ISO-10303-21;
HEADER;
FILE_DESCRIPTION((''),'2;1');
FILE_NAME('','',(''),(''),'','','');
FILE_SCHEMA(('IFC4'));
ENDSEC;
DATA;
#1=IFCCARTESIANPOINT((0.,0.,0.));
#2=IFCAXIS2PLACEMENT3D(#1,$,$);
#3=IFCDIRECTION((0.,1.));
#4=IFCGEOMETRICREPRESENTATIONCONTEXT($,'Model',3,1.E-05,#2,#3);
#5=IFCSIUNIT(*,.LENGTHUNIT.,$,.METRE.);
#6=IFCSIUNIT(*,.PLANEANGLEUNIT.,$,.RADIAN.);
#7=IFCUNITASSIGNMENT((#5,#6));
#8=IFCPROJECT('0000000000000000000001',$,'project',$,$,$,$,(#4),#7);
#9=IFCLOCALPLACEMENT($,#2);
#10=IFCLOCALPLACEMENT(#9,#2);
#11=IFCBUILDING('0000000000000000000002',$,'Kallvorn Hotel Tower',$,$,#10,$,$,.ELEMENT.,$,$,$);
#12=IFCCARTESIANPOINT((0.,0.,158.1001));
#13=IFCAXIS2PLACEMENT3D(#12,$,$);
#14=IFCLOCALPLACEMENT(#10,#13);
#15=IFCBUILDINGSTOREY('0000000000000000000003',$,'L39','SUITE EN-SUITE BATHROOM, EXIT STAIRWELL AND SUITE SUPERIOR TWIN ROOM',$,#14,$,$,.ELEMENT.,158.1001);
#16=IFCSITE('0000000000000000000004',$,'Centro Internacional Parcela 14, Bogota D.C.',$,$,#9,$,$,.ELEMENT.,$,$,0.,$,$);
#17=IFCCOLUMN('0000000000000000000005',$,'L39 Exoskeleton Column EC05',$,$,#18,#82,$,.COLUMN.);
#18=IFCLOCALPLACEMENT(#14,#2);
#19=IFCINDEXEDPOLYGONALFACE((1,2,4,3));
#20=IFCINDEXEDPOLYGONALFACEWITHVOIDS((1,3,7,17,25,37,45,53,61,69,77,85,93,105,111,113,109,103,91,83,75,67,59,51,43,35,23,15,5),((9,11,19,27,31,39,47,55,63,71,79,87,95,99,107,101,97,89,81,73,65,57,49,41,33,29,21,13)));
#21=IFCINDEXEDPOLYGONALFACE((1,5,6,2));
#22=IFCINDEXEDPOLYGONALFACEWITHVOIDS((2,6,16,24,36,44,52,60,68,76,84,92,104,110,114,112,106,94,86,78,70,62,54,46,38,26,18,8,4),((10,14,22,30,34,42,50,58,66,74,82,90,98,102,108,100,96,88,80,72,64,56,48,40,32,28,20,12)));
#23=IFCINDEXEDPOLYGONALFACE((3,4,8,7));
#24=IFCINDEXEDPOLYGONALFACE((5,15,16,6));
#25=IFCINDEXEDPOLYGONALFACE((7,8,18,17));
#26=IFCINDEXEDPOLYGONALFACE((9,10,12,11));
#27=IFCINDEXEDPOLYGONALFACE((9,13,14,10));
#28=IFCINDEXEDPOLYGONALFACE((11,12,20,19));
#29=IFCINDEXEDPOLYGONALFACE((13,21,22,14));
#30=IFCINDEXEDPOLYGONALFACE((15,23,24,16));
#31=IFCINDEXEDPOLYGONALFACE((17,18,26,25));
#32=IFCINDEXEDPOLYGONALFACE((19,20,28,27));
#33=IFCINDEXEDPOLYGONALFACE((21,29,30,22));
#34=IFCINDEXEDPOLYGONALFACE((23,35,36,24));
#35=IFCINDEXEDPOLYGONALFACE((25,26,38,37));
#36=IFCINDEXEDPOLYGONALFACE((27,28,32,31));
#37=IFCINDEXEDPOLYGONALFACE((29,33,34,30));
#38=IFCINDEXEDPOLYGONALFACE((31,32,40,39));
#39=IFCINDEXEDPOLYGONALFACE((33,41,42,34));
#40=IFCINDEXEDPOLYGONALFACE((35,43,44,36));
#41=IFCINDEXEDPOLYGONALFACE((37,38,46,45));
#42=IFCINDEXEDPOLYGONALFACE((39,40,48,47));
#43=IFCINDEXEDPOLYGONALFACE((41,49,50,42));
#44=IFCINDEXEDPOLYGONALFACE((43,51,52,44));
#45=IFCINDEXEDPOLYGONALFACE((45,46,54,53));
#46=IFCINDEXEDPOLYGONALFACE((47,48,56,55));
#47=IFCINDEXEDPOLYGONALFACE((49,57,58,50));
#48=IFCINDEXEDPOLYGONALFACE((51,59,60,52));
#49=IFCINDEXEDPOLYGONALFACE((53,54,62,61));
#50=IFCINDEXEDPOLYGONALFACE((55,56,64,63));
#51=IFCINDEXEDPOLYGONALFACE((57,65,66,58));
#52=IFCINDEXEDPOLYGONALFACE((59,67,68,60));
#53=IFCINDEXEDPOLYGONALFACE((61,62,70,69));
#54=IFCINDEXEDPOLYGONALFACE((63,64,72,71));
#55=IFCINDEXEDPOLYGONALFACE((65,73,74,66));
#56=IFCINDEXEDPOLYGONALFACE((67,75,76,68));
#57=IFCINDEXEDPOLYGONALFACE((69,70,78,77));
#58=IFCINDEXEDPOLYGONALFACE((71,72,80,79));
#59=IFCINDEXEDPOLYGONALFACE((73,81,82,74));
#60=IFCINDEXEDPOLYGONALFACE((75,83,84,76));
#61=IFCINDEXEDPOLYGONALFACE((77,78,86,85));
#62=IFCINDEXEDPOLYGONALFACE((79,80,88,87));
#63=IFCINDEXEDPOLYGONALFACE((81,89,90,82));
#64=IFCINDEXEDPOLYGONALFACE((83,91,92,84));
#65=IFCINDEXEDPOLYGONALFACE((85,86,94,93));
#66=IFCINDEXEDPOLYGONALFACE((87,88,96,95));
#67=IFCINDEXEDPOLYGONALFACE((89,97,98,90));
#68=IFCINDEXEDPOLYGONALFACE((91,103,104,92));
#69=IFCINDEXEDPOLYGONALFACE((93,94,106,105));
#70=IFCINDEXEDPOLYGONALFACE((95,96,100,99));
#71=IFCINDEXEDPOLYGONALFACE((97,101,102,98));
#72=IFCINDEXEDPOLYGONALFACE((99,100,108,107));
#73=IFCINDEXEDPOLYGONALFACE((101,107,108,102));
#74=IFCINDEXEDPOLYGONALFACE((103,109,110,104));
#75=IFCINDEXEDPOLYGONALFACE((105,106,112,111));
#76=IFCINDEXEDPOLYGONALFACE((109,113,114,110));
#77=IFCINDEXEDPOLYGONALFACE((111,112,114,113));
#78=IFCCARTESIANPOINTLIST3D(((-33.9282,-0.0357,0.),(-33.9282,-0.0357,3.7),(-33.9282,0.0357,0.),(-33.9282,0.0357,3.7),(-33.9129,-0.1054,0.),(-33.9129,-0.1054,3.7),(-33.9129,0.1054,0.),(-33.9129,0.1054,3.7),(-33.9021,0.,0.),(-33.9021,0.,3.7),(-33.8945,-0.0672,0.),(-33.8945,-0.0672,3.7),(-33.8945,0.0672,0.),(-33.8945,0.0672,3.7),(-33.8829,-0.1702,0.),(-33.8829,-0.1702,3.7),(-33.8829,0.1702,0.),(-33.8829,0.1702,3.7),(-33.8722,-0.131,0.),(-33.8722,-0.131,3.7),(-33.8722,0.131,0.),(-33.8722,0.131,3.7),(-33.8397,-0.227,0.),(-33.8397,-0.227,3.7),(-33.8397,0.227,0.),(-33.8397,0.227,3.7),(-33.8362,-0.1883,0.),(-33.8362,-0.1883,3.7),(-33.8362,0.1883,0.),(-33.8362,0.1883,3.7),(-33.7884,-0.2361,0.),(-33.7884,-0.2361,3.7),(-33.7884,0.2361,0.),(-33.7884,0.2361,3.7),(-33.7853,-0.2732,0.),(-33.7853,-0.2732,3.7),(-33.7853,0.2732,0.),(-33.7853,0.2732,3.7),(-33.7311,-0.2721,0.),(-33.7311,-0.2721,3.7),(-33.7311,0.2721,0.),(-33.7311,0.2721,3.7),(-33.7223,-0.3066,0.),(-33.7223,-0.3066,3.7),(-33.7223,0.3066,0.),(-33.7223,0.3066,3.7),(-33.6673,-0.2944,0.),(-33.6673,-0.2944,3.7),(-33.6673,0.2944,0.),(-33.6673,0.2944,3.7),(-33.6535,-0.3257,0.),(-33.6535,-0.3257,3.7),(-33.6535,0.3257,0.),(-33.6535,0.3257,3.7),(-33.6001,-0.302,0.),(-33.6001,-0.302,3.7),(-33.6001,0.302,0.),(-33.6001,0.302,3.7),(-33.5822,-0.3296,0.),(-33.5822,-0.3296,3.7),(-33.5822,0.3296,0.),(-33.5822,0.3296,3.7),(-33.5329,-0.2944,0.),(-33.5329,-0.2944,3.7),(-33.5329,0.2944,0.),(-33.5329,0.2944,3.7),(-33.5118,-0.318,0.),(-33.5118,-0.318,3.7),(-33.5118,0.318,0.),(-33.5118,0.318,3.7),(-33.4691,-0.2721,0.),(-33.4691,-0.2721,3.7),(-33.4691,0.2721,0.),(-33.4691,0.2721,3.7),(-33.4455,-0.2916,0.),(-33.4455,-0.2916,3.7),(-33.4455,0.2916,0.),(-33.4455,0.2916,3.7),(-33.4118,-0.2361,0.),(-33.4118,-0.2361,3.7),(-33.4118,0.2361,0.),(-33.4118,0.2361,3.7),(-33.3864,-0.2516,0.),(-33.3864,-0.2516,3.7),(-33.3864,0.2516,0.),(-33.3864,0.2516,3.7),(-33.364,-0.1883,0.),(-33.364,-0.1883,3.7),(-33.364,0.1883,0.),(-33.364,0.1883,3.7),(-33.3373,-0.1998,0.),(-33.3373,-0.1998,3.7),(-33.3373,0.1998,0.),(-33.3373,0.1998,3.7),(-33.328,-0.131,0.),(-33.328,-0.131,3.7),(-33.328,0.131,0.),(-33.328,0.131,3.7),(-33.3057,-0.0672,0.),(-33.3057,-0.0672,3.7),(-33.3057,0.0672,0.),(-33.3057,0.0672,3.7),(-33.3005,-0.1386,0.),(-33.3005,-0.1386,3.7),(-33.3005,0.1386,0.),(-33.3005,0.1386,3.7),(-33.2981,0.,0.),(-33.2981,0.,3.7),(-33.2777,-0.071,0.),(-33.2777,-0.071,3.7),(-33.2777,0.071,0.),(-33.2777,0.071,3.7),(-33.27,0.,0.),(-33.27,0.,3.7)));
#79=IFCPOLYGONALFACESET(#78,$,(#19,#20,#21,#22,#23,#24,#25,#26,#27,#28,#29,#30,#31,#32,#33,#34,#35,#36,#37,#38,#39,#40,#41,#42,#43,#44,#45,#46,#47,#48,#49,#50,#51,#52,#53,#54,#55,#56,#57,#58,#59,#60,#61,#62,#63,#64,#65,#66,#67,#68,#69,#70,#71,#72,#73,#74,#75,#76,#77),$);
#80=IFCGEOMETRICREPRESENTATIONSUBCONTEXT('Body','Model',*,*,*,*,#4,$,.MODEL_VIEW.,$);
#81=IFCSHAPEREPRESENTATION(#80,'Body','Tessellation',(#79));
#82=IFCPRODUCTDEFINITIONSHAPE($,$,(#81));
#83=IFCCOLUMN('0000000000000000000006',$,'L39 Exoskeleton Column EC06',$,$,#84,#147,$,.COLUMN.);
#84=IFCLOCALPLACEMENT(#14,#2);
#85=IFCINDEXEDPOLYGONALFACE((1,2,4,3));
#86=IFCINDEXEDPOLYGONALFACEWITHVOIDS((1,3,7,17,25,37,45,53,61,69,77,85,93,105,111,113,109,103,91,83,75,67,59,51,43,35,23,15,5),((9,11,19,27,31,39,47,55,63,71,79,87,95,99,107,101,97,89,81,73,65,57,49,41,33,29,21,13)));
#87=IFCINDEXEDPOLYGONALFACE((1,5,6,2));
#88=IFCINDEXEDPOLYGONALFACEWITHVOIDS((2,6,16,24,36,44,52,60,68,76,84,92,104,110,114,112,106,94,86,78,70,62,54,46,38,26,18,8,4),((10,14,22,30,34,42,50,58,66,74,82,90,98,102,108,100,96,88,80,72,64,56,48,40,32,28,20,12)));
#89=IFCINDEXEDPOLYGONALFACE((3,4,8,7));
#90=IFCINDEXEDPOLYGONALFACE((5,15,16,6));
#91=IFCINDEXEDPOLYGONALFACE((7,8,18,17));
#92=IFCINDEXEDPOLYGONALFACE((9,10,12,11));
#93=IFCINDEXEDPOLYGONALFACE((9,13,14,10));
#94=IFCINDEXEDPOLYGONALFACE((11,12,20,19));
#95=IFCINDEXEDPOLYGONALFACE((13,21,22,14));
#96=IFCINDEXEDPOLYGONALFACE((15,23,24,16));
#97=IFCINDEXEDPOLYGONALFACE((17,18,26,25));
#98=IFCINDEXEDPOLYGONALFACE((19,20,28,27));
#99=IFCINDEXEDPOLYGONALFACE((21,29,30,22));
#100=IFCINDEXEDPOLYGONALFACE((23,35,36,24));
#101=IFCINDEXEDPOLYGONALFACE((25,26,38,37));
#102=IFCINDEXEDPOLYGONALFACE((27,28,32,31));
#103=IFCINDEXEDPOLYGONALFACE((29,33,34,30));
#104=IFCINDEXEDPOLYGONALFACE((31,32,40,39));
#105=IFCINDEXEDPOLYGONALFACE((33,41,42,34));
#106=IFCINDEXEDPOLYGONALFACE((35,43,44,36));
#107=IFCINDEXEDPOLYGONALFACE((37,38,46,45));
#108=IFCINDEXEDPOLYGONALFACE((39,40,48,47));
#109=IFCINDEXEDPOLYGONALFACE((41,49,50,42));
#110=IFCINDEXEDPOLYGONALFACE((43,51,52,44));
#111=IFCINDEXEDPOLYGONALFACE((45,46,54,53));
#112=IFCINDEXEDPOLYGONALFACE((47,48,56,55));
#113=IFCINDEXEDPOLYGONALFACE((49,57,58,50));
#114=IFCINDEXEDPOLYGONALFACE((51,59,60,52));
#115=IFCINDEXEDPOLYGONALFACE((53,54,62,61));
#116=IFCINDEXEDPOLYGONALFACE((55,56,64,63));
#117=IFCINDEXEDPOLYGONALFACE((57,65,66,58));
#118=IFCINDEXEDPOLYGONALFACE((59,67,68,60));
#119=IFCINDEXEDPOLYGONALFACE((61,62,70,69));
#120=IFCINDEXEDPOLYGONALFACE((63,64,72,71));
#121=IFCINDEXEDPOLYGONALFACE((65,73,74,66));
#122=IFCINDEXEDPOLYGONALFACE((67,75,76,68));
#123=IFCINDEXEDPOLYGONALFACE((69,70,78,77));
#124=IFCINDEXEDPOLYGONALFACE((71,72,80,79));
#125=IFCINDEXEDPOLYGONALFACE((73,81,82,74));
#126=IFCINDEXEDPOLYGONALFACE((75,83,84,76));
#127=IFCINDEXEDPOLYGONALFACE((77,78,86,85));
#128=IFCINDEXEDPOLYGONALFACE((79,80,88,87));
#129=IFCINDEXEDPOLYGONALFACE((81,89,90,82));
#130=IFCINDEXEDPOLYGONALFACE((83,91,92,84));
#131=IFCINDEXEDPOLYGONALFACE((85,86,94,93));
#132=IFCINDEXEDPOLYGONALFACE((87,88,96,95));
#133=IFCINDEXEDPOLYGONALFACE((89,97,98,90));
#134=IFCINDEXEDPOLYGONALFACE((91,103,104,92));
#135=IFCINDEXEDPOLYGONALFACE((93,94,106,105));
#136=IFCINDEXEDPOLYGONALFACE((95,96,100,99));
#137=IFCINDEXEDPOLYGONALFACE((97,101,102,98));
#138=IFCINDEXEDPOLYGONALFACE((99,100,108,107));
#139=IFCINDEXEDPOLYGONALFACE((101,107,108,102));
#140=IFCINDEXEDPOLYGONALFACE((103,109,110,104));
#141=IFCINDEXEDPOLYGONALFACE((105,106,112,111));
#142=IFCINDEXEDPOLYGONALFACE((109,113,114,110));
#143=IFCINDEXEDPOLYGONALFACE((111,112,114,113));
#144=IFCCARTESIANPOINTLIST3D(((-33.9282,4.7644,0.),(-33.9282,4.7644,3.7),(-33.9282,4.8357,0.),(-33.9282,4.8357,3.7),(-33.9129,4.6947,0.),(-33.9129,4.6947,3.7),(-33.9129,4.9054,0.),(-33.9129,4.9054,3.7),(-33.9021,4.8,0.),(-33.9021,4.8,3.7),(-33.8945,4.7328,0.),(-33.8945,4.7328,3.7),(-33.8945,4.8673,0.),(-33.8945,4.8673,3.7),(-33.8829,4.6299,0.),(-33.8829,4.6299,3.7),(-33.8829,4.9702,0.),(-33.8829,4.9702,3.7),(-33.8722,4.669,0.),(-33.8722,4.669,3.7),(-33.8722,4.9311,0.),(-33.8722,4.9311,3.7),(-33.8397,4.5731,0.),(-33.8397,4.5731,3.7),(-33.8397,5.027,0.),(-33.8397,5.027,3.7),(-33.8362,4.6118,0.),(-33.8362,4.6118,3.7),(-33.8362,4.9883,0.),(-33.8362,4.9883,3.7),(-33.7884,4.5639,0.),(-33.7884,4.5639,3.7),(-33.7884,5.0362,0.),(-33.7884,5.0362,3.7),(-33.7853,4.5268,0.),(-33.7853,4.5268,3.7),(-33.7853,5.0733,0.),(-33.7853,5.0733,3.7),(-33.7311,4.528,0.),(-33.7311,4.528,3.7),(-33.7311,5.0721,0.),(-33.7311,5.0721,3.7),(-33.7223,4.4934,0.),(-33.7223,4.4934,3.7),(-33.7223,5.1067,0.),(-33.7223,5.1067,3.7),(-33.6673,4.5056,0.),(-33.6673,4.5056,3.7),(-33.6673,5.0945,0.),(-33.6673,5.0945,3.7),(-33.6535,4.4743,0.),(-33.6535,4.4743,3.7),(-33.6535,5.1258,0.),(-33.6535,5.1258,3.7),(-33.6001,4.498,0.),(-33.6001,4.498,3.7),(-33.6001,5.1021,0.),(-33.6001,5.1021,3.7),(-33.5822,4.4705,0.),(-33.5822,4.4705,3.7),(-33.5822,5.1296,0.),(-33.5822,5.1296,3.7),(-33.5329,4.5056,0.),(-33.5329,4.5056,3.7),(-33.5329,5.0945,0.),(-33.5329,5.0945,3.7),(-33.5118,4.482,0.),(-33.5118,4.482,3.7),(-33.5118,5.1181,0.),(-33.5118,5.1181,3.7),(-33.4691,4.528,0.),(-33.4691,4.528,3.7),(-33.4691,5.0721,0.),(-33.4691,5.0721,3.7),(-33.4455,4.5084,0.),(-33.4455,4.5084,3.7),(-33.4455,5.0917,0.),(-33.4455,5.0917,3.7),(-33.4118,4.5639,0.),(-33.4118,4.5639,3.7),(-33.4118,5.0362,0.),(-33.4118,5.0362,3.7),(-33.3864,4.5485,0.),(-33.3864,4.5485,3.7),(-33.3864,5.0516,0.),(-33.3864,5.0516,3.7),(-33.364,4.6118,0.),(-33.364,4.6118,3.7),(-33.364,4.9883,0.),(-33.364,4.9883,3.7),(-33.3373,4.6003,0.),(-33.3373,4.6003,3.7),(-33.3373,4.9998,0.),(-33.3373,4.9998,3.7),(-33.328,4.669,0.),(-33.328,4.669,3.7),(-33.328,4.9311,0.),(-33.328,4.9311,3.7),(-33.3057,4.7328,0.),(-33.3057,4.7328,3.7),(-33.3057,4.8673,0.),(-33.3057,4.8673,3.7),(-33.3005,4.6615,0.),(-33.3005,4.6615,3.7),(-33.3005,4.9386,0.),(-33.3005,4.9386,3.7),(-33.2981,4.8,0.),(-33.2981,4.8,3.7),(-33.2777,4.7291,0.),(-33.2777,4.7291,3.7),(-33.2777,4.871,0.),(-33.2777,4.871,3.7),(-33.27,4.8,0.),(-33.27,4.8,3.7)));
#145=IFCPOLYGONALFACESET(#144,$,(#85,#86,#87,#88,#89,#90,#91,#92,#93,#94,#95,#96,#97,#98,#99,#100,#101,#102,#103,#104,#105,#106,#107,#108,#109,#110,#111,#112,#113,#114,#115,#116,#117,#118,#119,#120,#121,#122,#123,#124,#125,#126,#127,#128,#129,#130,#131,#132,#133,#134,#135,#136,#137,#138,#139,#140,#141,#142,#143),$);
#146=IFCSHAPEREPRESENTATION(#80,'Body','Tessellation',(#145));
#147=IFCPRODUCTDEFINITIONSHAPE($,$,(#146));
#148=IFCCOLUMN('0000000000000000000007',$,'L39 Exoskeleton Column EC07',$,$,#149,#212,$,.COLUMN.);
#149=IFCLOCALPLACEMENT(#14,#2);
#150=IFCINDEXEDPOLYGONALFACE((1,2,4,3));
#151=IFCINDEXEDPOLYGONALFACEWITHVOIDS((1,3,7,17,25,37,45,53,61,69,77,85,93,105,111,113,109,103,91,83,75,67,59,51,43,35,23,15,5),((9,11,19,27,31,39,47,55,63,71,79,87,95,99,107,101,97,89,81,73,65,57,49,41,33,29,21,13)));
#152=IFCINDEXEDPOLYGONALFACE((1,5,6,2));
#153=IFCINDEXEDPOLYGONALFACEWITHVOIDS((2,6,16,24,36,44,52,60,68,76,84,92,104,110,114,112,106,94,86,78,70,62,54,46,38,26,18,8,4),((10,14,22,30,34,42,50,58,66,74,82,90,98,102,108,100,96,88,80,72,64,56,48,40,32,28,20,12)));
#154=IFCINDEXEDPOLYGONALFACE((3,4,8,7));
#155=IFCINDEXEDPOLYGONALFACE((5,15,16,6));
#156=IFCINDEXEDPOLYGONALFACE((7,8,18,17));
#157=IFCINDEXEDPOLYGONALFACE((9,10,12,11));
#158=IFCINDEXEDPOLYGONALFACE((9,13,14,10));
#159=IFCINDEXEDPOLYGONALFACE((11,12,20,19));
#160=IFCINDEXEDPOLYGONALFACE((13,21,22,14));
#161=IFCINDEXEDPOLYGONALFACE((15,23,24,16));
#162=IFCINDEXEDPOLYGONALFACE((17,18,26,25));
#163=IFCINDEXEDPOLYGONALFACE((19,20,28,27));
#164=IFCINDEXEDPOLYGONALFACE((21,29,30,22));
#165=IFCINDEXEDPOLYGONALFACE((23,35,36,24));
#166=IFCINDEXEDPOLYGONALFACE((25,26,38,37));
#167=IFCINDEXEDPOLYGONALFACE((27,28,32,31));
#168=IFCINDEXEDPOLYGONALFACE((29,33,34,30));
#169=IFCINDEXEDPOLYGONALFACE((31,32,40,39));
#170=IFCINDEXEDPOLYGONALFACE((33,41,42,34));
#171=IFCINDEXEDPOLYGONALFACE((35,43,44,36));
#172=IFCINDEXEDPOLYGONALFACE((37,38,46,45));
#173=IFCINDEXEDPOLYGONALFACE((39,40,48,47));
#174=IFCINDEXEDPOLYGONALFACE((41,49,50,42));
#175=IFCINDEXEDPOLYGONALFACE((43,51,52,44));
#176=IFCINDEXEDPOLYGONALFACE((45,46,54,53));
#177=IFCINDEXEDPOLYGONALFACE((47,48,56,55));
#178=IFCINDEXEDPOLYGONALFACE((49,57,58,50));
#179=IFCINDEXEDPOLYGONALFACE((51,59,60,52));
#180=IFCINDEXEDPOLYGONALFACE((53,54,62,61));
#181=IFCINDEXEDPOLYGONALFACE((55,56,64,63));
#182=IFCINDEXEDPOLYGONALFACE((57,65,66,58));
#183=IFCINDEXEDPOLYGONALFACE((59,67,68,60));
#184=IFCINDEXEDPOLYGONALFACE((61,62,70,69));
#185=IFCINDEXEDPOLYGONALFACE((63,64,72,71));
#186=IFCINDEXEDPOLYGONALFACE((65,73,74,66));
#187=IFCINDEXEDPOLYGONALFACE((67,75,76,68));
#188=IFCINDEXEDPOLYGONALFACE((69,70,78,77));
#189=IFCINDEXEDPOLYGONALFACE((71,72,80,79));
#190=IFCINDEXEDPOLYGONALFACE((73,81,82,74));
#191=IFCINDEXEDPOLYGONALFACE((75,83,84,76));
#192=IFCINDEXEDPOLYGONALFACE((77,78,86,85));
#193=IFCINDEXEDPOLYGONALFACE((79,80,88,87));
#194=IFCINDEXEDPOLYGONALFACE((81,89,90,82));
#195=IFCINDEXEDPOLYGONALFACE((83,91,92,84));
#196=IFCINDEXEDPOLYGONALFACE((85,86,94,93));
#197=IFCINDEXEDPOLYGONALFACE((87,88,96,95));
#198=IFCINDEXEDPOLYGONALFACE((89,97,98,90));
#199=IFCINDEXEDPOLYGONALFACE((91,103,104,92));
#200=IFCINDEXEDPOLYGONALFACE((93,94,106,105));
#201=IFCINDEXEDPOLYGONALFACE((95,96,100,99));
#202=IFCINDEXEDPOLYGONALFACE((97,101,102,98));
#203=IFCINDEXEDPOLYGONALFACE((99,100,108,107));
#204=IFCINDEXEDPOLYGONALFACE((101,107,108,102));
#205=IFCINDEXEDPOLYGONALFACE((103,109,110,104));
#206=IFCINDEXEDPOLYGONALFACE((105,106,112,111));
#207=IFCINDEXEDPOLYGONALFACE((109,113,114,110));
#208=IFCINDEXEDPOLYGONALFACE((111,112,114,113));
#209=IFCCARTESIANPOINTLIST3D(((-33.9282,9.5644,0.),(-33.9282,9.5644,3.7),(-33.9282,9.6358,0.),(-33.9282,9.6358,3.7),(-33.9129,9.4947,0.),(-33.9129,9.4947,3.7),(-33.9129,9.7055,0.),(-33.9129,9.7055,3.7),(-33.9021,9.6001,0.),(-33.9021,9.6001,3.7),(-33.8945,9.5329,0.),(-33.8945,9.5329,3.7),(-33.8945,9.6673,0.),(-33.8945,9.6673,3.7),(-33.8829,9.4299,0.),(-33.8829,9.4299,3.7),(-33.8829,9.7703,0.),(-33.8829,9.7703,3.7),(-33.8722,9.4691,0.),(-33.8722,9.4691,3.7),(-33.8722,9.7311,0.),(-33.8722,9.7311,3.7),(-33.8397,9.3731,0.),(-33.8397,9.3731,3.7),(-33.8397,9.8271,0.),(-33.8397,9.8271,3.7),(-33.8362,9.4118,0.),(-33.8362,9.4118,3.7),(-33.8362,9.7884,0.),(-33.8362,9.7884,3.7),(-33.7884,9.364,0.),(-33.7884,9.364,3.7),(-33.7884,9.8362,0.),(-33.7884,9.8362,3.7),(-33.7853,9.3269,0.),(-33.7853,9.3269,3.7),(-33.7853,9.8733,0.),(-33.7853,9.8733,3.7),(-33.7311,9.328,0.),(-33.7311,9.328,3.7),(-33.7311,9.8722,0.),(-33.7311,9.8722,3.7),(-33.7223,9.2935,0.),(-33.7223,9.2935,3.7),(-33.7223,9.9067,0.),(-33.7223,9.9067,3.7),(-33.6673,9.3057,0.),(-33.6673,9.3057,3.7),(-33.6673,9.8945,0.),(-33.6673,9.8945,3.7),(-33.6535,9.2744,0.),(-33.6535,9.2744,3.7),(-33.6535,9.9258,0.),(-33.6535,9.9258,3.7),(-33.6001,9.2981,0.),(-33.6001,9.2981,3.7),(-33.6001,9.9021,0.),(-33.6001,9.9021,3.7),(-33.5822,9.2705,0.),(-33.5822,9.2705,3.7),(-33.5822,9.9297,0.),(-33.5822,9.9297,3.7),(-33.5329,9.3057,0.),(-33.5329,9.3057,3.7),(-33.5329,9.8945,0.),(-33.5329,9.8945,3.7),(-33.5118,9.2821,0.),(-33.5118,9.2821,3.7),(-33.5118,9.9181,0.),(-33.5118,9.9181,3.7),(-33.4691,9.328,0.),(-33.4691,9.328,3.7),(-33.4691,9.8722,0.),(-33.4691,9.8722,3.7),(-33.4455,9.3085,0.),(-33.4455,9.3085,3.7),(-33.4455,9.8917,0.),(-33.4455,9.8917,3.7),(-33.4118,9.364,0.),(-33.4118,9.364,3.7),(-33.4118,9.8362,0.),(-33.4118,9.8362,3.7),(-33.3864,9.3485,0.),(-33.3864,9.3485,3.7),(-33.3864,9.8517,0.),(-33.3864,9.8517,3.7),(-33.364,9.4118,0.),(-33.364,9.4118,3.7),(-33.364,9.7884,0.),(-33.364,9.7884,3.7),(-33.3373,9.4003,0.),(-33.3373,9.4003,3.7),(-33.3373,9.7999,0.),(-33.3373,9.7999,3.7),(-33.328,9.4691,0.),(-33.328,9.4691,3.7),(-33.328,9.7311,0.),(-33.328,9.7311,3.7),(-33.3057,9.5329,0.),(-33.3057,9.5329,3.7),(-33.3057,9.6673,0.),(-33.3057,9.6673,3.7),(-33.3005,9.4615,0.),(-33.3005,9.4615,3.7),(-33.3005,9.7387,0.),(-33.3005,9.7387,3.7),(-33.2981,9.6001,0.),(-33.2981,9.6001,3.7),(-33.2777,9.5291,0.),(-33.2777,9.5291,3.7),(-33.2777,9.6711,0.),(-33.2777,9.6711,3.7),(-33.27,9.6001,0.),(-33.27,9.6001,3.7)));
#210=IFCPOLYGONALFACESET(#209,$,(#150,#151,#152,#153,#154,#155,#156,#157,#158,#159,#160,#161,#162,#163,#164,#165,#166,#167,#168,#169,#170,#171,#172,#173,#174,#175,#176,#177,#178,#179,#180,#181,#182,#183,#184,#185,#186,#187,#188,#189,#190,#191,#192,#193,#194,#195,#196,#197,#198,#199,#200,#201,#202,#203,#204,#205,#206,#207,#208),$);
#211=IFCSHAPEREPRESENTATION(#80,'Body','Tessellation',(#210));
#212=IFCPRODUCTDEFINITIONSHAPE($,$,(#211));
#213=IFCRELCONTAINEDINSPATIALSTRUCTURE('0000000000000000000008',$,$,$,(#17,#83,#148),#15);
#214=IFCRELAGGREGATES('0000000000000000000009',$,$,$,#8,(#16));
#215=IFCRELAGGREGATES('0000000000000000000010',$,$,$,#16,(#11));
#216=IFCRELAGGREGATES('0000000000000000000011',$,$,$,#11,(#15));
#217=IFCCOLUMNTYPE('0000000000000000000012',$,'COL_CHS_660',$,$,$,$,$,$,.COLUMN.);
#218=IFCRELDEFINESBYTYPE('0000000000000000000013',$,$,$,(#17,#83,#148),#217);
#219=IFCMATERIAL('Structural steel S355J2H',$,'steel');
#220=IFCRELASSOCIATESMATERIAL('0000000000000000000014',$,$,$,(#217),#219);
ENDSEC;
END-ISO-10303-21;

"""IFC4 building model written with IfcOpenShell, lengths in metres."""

from ifc_helpers import new_model, si_unit, direction, frame, origin, origin_2d, place, context, subcontext, project, spatial, hollow_circle, extrude, material, material_profile, profile_set, type_object, element, save


model = new_model("IFC4")

# Units and contexts
model_context = context("Model", 3, precision=1e-05, world=origin(), true_north=direction((0.0, 1.0)))
body_context = subcontext(model_context, "Body", "Model", "MODEL_VIEW")
ifc_project = project(units=[si_unit("LENGTHUNIT", "METRE"), si_unit("PLANEANGLEUNIT", "RADIAN")], contexts=[model_context])

# Site, building, storey
site_placement = place(None, origin())
site = spatial("IfcSite", under=ifc_project, at=site_placement, Name="Centro Internacional Parcela 14, Bogota D.C.", CompositionType="ELEMENT", RefElevation=0.0)
building_placement = place(site_placement, origin())
building = spatial("IfcBuilding", under=site, at=building_placement, Name="Kallvorn Hotel Tower", CompositionType="ELEMENT")
storey_placement = place(building_placement, frame((0.0, 0.0, 158.1001)))
storey = spatial("IfcBuildingStorey", under=building, at=storey_placement, Name="L39", Description="SUITE EN-SUITE BATHROOM, EXIT STAIRWELL AND SUITE SUPERIOR TWIN ROOM", CompositionType="ELEMENT", Elevation=158.1001)

# Columns
ifc_material_1 = material(Name="Structural steel S355J2H", Category="steel")
ifc_material_profile_1 = material_profile(ifc_material_1, hollow_circle(Radius=0.3301, WallThickness=0.0281, at=origin_2d()), Name="CHS 660x28")
ifc_profile_set_1 = profile_set([ifc_material_profile_1], Name="Structural steel S355J2H")
column_type_1 = type_object("IfcColumnType", Name="COL_CHS_660", PredefinedType="COLUMN", material=ifc_profile_set_1)
for number, where, z_axis, x_axis, name in (
    (1, (-33.6001, 0.0, 0.0), (0.0, 0.0, 1.0), (1.0, 0.0, 0.0), "L39 Exoskeleton Column EC05"),
    (2, (-33.6001, 4.8, 0.0), (0.0, 0.0, 1.0), (1.0, 0.0, 0.0), "L39 Exoskeleton Column EC06"),
    (3, (-33.6001, 9.6001, 0.0), (0.0, 0.0, 1.0), (1.0, 0.0, 0.0), "L39 Exoskeleton Column EC07"),
):
    element("IfcColumn", number, at=place(storey_placement, frame(where, z_axis=z_axis, x_axis=x_axis)), inside=storey, type_object=column_type_1, Name=name, PredefinedType="COLUMN", context=body_context, shape_type="SweptSolid", body=[
        extrude(hollow_circle(Radius=0.3301, WallThickness=0.0281, at=origin_2d()), origin(), (0.0, 0.0, 1.0), 3.7),
    ])

save(model, "model.ifc")
